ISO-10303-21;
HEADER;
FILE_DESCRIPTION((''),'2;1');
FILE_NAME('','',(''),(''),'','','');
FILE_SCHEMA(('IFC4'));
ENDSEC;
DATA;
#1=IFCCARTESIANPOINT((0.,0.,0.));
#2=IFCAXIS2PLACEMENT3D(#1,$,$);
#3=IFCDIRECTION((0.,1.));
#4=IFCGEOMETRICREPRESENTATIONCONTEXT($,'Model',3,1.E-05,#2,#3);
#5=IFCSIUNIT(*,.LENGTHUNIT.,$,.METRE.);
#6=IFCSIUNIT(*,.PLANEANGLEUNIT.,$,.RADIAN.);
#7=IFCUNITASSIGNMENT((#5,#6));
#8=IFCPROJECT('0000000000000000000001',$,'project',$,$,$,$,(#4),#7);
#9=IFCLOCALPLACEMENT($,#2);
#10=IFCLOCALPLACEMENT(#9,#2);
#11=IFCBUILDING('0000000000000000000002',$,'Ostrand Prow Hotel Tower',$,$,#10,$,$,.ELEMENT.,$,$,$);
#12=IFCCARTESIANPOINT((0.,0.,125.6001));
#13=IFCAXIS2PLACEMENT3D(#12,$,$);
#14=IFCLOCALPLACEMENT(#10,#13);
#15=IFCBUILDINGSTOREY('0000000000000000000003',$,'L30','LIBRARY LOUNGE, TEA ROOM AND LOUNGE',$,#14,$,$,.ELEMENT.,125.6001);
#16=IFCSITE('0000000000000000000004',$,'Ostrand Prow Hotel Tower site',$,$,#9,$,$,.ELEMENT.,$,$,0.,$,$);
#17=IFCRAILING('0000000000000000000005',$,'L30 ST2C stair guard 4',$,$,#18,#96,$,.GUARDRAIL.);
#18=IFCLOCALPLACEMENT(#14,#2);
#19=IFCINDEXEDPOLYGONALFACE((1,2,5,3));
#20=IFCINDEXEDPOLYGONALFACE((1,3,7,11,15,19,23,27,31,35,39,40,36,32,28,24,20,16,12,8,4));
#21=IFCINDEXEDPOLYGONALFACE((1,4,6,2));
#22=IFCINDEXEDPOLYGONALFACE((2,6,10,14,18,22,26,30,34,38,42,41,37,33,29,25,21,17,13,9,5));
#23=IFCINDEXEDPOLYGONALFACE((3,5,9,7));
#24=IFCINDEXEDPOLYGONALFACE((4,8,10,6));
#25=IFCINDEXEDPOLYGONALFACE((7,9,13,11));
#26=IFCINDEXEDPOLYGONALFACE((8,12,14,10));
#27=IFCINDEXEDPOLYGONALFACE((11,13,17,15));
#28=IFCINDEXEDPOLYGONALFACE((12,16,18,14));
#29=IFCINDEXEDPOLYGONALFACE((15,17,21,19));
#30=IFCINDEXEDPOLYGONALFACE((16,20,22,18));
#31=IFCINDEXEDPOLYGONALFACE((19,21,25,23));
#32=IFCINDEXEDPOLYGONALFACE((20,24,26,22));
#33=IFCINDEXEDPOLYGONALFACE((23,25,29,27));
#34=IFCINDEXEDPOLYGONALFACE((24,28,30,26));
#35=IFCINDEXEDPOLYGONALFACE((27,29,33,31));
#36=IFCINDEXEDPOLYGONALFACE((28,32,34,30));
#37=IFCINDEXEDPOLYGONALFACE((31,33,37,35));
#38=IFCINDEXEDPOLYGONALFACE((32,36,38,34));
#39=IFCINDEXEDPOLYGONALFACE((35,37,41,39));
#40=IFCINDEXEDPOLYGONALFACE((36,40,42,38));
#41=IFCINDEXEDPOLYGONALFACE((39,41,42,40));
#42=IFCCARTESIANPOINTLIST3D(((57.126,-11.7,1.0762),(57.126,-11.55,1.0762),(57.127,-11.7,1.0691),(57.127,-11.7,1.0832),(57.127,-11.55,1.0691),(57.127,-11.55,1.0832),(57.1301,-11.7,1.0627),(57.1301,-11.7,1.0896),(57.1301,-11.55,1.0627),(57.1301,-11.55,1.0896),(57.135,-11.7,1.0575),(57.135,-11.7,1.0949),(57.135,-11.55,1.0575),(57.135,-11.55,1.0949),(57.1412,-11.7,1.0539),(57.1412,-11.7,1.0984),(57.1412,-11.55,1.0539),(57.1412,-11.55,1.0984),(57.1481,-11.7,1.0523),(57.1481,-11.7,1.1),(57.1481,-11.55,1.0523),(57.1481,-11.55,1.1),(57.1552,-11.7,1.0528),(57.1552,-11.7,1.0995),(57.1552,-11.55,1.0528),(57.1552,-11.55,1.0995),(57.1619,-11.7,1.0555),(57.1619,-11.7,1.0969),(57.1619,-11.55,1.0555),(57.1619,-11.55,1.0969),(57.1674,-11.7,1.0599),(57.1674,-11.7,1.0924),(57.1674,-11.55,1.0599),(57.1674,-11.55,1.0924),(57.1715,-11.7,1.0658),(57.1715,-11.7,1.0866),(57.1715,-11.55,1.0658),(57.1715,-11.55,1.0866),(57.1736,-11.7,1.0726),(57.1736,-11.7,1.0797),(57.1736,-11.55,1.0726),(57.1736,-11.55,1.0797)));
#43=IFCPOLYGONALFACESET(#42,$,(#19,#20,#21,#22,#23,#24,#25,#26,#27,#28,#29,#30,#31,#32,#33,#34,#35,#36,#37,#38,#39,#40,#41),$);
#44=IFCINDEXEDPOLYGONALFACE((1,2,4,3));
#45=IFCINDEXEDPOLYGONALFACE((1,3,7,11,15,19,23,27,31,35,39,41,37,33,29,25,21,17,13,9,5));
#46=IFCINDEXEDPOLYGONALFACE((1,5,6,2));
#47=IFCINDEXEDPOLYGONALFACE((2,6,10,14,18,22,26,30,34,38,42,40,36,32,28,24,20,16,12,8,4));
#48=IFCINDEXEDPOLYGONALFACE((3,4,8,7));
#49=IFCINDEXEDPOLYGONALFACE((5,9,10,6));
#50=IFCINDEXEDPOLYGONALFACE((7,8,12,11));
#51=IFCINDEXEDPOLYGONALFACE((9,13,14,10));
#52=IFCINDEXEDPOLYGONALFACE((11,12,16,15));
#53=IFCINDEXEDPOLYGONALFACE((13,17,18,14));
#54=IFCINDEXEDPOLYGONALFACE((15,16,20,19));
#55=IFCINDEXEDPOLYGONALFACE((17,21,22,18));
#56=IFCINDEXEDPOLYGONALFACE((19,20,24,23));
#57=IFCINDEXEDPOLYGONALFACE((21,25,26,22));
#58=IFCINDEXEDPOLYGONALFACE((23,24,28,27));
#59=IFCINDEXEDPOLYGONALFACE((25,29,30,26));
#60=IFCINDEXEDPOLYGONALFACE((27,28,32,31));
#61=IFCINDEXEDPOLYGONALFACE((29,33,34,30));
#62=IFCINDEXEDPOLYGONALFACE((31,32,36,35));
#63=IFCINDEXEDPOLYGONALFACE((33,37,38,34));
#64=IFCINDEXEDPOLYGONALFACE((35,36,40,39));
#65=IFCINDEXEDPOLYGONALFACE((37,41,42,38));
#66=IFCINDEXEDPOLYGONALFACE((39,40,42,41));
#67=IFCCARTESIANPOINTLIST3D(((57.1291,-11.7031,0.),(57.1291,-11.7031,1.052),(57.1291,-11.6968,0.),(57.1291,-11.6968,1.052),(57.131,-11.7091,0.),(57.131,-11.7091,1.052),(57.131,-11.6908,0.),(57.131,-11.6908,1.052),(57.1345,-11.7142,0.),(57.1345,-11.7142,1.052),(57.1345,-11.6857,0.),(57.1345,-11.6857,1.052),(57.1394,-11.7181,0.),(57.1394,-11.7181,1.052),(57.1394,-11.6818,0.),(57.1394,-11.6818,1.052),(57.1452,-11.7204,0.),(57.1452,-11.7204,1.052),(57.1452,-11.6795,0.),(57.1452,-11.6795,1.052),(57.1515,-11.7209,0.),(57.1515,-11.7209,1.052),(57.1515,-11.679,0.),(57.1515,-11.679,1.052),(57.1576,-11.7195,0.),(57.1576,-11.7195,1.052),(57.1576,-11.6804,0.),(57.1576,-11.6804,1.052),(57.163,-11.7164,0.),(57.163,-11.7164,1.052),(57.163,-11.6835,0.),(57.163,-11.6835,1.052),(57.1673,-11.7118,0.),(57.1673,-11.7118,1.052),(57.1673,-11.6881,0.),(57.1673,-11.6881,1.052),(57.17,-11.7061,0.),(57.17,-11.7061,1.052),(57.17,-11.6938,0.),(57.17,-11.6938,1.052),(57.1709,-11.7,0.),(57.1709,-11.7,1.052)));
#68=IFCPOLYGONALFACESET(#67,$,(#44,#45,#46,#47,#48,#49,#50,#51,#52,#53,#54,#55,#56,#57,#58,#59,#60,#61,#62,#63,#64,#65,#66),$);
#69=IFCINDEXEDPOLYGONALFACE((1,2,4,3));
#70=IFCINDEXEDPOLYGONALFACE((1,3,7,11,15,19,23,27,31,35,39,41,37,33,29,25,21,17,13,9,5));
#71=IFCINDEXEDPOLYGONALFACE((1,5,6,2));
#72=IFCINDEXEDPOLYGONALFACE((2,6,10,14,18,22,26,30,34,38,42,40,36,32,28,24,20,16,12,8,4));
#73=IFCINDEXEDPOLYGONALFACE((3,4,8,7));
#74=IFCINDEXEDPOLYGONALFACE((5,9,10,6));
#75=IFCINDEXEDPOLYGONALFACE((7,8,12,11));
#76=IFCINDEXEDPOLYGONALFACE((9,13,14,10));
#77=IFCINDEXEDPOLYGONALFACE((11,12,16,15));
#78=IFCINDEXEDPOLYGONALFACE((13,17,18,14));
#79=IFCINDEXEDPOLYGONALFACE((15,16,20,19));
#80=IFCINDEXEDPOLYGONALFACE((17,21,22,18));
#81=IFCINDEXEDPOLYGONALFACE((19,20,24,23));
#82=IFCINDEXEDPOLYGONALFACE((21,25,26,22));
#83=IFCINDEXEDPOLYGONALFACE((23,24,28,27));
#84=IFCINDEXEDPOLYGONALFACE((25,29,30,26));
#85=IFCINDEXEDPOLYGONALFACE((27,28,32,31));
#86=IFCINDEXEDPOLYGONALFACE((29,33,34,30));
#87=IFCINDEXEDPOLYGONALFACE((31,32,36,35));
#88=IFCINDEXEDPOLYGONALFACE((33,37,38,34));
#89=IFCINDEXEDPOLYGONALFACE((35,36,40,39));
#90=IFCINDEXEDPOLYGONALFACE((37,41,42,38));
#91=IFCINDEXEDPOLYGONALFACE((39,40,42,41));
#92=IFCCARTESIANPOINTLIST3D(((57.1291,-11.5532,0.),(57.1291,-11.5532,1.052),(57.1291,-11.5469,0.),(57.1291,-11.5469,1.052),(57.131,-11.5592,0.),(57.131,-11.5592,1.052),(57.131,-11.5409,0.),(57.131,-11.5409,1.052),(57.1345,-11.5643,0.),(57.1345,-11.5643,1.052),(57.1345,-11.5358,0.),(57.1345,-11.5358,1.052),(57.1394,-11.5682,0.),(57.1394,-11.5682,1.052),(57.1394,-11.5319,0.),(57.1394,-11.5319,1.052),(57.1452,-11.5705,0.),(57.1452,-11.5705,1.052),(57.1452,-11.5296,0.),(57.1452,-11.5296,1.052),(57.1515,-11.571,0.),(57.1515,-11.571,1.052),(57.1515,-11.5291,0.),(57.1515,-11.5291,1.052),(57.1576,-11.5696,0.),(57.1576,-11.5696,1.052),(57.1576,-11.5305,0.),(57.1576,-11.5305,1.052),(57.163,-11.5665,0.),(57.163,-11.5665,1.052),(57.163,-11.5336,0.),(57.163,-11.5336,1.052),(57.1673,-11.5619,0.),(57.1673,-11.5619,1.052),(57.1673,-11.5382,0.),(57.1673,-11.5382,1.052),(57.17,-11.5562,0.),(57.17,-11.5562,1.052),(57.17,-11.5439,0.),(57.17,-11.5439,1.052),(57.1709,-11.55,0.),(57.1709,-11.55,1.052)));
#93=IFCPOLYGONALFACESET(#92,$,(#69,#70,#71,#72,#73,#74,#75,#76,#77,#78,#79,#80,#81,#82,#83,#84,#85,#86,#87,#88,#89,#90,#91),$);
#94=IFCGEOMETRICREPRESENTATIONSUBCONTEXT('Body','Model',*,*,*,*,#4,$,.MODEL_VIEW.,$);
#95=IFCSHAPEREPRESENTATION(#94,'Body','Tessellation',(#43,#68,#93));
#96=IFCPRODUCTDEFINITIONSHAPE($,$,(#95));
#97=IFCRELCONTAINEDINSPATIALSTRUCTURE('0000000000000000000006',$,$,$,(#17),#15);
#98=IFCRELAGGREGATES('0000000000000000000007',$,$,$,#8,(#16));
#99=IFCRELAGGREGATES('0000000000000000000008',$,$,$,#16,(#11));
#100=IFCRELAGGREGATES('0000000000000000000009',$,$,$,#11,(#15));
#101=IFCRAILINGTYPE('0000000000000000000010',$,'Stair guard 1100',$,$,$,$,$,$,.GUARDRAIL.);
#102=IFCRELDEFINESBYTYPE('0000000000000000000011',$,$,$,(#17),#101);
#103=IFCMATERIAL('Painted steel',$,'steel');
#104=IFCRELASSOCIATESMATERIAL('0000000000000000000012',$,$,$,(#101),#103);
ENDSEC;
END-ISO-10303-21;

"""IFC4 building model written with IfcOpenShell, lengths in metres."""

from ifc_helpers import new_model, si_unit, direction, frame, origin, origin_2d, place, context, subcontext, project, spatial, circle, extrude, material, type_object, element, save


model = new_model("IFC4")

# Units and contexts
model_context = context("Model", 3, precision=1e-05, world=origin(), true_north=direction((0.0, 1.0)))
body_context = subcontext(model_context, "Body", "Model", "MODEL_VIEW")
ifc_project = project(units=[si_unit("LENGTHUNIT", "METRE"), si_unit("PLANEANGLEUNIT", "RADIAN")], contexts=[model_context])

# Site, building, storey
site_placement = place(None, origin())
site = spatial("IfcSite", under=ifc_project, at=site_placement, Name="Ostrand Prow Hotel Tower site", CompositionType="ELEMENT", RefElevation=0.0)
building_placement = place(site_placement, origin())
building = spatial("IfcBuilding", under=site, at=building_placement, Name="Ostrand Prow Hotel Tower", CompositionType="ELEMENT")
storey_placement = place(building_placement, frame((0.0, 0.0, 125.6001)))
storey = spatial("IfcBuildingStorey", under=building, at=storey_placement, Name="L30", Description="LIBRARY LOUNGE, TEA ROOM AND LOUNGE", CompositionType="ELEMENT", Elevation=125.6001)

# Railing
ifc_material_1 = material(Name="Painted steel", Category="steel")
railing_type_1 = type_object("IfcRailingType", Name="Stair guard 1100", PredefinedType="GUARDRAIL", material=ifc_material_1)
railing_1_placement = place(storey_placement, frame((57.1499, -11.7, 0.0)))
element("IfcRailing", 1, at=railing_1_placement, inside=storey, type_object=railing_type_1, Name="L30 ST2C stair guard 4", PredefinedType="GUARDRAIL", context=body_context, shape_type="SweptSolid", body=[
    extrude(circle(Radius=0.0239, at=origin_2d()), frame((0.0, 0.0, 1.0762), z_axis=(0.0, 1.0, 0.0), x_axis=(-1.0, 0.0, 0.0)), (0.0, 0.0, 1.0), 0.1499),
    extrude(circle(Radius=0.021, at=origin_2d()), origin(), (0.0, 0.0, 1.0), 1.052),
    extrude(circle(Radius=0.021, at=origin_2d()), frame((0.0, 0.1499, 0.0)), (0.0, 0.0, 1.0), 1.052),
])

save(model, "model.ifc")
